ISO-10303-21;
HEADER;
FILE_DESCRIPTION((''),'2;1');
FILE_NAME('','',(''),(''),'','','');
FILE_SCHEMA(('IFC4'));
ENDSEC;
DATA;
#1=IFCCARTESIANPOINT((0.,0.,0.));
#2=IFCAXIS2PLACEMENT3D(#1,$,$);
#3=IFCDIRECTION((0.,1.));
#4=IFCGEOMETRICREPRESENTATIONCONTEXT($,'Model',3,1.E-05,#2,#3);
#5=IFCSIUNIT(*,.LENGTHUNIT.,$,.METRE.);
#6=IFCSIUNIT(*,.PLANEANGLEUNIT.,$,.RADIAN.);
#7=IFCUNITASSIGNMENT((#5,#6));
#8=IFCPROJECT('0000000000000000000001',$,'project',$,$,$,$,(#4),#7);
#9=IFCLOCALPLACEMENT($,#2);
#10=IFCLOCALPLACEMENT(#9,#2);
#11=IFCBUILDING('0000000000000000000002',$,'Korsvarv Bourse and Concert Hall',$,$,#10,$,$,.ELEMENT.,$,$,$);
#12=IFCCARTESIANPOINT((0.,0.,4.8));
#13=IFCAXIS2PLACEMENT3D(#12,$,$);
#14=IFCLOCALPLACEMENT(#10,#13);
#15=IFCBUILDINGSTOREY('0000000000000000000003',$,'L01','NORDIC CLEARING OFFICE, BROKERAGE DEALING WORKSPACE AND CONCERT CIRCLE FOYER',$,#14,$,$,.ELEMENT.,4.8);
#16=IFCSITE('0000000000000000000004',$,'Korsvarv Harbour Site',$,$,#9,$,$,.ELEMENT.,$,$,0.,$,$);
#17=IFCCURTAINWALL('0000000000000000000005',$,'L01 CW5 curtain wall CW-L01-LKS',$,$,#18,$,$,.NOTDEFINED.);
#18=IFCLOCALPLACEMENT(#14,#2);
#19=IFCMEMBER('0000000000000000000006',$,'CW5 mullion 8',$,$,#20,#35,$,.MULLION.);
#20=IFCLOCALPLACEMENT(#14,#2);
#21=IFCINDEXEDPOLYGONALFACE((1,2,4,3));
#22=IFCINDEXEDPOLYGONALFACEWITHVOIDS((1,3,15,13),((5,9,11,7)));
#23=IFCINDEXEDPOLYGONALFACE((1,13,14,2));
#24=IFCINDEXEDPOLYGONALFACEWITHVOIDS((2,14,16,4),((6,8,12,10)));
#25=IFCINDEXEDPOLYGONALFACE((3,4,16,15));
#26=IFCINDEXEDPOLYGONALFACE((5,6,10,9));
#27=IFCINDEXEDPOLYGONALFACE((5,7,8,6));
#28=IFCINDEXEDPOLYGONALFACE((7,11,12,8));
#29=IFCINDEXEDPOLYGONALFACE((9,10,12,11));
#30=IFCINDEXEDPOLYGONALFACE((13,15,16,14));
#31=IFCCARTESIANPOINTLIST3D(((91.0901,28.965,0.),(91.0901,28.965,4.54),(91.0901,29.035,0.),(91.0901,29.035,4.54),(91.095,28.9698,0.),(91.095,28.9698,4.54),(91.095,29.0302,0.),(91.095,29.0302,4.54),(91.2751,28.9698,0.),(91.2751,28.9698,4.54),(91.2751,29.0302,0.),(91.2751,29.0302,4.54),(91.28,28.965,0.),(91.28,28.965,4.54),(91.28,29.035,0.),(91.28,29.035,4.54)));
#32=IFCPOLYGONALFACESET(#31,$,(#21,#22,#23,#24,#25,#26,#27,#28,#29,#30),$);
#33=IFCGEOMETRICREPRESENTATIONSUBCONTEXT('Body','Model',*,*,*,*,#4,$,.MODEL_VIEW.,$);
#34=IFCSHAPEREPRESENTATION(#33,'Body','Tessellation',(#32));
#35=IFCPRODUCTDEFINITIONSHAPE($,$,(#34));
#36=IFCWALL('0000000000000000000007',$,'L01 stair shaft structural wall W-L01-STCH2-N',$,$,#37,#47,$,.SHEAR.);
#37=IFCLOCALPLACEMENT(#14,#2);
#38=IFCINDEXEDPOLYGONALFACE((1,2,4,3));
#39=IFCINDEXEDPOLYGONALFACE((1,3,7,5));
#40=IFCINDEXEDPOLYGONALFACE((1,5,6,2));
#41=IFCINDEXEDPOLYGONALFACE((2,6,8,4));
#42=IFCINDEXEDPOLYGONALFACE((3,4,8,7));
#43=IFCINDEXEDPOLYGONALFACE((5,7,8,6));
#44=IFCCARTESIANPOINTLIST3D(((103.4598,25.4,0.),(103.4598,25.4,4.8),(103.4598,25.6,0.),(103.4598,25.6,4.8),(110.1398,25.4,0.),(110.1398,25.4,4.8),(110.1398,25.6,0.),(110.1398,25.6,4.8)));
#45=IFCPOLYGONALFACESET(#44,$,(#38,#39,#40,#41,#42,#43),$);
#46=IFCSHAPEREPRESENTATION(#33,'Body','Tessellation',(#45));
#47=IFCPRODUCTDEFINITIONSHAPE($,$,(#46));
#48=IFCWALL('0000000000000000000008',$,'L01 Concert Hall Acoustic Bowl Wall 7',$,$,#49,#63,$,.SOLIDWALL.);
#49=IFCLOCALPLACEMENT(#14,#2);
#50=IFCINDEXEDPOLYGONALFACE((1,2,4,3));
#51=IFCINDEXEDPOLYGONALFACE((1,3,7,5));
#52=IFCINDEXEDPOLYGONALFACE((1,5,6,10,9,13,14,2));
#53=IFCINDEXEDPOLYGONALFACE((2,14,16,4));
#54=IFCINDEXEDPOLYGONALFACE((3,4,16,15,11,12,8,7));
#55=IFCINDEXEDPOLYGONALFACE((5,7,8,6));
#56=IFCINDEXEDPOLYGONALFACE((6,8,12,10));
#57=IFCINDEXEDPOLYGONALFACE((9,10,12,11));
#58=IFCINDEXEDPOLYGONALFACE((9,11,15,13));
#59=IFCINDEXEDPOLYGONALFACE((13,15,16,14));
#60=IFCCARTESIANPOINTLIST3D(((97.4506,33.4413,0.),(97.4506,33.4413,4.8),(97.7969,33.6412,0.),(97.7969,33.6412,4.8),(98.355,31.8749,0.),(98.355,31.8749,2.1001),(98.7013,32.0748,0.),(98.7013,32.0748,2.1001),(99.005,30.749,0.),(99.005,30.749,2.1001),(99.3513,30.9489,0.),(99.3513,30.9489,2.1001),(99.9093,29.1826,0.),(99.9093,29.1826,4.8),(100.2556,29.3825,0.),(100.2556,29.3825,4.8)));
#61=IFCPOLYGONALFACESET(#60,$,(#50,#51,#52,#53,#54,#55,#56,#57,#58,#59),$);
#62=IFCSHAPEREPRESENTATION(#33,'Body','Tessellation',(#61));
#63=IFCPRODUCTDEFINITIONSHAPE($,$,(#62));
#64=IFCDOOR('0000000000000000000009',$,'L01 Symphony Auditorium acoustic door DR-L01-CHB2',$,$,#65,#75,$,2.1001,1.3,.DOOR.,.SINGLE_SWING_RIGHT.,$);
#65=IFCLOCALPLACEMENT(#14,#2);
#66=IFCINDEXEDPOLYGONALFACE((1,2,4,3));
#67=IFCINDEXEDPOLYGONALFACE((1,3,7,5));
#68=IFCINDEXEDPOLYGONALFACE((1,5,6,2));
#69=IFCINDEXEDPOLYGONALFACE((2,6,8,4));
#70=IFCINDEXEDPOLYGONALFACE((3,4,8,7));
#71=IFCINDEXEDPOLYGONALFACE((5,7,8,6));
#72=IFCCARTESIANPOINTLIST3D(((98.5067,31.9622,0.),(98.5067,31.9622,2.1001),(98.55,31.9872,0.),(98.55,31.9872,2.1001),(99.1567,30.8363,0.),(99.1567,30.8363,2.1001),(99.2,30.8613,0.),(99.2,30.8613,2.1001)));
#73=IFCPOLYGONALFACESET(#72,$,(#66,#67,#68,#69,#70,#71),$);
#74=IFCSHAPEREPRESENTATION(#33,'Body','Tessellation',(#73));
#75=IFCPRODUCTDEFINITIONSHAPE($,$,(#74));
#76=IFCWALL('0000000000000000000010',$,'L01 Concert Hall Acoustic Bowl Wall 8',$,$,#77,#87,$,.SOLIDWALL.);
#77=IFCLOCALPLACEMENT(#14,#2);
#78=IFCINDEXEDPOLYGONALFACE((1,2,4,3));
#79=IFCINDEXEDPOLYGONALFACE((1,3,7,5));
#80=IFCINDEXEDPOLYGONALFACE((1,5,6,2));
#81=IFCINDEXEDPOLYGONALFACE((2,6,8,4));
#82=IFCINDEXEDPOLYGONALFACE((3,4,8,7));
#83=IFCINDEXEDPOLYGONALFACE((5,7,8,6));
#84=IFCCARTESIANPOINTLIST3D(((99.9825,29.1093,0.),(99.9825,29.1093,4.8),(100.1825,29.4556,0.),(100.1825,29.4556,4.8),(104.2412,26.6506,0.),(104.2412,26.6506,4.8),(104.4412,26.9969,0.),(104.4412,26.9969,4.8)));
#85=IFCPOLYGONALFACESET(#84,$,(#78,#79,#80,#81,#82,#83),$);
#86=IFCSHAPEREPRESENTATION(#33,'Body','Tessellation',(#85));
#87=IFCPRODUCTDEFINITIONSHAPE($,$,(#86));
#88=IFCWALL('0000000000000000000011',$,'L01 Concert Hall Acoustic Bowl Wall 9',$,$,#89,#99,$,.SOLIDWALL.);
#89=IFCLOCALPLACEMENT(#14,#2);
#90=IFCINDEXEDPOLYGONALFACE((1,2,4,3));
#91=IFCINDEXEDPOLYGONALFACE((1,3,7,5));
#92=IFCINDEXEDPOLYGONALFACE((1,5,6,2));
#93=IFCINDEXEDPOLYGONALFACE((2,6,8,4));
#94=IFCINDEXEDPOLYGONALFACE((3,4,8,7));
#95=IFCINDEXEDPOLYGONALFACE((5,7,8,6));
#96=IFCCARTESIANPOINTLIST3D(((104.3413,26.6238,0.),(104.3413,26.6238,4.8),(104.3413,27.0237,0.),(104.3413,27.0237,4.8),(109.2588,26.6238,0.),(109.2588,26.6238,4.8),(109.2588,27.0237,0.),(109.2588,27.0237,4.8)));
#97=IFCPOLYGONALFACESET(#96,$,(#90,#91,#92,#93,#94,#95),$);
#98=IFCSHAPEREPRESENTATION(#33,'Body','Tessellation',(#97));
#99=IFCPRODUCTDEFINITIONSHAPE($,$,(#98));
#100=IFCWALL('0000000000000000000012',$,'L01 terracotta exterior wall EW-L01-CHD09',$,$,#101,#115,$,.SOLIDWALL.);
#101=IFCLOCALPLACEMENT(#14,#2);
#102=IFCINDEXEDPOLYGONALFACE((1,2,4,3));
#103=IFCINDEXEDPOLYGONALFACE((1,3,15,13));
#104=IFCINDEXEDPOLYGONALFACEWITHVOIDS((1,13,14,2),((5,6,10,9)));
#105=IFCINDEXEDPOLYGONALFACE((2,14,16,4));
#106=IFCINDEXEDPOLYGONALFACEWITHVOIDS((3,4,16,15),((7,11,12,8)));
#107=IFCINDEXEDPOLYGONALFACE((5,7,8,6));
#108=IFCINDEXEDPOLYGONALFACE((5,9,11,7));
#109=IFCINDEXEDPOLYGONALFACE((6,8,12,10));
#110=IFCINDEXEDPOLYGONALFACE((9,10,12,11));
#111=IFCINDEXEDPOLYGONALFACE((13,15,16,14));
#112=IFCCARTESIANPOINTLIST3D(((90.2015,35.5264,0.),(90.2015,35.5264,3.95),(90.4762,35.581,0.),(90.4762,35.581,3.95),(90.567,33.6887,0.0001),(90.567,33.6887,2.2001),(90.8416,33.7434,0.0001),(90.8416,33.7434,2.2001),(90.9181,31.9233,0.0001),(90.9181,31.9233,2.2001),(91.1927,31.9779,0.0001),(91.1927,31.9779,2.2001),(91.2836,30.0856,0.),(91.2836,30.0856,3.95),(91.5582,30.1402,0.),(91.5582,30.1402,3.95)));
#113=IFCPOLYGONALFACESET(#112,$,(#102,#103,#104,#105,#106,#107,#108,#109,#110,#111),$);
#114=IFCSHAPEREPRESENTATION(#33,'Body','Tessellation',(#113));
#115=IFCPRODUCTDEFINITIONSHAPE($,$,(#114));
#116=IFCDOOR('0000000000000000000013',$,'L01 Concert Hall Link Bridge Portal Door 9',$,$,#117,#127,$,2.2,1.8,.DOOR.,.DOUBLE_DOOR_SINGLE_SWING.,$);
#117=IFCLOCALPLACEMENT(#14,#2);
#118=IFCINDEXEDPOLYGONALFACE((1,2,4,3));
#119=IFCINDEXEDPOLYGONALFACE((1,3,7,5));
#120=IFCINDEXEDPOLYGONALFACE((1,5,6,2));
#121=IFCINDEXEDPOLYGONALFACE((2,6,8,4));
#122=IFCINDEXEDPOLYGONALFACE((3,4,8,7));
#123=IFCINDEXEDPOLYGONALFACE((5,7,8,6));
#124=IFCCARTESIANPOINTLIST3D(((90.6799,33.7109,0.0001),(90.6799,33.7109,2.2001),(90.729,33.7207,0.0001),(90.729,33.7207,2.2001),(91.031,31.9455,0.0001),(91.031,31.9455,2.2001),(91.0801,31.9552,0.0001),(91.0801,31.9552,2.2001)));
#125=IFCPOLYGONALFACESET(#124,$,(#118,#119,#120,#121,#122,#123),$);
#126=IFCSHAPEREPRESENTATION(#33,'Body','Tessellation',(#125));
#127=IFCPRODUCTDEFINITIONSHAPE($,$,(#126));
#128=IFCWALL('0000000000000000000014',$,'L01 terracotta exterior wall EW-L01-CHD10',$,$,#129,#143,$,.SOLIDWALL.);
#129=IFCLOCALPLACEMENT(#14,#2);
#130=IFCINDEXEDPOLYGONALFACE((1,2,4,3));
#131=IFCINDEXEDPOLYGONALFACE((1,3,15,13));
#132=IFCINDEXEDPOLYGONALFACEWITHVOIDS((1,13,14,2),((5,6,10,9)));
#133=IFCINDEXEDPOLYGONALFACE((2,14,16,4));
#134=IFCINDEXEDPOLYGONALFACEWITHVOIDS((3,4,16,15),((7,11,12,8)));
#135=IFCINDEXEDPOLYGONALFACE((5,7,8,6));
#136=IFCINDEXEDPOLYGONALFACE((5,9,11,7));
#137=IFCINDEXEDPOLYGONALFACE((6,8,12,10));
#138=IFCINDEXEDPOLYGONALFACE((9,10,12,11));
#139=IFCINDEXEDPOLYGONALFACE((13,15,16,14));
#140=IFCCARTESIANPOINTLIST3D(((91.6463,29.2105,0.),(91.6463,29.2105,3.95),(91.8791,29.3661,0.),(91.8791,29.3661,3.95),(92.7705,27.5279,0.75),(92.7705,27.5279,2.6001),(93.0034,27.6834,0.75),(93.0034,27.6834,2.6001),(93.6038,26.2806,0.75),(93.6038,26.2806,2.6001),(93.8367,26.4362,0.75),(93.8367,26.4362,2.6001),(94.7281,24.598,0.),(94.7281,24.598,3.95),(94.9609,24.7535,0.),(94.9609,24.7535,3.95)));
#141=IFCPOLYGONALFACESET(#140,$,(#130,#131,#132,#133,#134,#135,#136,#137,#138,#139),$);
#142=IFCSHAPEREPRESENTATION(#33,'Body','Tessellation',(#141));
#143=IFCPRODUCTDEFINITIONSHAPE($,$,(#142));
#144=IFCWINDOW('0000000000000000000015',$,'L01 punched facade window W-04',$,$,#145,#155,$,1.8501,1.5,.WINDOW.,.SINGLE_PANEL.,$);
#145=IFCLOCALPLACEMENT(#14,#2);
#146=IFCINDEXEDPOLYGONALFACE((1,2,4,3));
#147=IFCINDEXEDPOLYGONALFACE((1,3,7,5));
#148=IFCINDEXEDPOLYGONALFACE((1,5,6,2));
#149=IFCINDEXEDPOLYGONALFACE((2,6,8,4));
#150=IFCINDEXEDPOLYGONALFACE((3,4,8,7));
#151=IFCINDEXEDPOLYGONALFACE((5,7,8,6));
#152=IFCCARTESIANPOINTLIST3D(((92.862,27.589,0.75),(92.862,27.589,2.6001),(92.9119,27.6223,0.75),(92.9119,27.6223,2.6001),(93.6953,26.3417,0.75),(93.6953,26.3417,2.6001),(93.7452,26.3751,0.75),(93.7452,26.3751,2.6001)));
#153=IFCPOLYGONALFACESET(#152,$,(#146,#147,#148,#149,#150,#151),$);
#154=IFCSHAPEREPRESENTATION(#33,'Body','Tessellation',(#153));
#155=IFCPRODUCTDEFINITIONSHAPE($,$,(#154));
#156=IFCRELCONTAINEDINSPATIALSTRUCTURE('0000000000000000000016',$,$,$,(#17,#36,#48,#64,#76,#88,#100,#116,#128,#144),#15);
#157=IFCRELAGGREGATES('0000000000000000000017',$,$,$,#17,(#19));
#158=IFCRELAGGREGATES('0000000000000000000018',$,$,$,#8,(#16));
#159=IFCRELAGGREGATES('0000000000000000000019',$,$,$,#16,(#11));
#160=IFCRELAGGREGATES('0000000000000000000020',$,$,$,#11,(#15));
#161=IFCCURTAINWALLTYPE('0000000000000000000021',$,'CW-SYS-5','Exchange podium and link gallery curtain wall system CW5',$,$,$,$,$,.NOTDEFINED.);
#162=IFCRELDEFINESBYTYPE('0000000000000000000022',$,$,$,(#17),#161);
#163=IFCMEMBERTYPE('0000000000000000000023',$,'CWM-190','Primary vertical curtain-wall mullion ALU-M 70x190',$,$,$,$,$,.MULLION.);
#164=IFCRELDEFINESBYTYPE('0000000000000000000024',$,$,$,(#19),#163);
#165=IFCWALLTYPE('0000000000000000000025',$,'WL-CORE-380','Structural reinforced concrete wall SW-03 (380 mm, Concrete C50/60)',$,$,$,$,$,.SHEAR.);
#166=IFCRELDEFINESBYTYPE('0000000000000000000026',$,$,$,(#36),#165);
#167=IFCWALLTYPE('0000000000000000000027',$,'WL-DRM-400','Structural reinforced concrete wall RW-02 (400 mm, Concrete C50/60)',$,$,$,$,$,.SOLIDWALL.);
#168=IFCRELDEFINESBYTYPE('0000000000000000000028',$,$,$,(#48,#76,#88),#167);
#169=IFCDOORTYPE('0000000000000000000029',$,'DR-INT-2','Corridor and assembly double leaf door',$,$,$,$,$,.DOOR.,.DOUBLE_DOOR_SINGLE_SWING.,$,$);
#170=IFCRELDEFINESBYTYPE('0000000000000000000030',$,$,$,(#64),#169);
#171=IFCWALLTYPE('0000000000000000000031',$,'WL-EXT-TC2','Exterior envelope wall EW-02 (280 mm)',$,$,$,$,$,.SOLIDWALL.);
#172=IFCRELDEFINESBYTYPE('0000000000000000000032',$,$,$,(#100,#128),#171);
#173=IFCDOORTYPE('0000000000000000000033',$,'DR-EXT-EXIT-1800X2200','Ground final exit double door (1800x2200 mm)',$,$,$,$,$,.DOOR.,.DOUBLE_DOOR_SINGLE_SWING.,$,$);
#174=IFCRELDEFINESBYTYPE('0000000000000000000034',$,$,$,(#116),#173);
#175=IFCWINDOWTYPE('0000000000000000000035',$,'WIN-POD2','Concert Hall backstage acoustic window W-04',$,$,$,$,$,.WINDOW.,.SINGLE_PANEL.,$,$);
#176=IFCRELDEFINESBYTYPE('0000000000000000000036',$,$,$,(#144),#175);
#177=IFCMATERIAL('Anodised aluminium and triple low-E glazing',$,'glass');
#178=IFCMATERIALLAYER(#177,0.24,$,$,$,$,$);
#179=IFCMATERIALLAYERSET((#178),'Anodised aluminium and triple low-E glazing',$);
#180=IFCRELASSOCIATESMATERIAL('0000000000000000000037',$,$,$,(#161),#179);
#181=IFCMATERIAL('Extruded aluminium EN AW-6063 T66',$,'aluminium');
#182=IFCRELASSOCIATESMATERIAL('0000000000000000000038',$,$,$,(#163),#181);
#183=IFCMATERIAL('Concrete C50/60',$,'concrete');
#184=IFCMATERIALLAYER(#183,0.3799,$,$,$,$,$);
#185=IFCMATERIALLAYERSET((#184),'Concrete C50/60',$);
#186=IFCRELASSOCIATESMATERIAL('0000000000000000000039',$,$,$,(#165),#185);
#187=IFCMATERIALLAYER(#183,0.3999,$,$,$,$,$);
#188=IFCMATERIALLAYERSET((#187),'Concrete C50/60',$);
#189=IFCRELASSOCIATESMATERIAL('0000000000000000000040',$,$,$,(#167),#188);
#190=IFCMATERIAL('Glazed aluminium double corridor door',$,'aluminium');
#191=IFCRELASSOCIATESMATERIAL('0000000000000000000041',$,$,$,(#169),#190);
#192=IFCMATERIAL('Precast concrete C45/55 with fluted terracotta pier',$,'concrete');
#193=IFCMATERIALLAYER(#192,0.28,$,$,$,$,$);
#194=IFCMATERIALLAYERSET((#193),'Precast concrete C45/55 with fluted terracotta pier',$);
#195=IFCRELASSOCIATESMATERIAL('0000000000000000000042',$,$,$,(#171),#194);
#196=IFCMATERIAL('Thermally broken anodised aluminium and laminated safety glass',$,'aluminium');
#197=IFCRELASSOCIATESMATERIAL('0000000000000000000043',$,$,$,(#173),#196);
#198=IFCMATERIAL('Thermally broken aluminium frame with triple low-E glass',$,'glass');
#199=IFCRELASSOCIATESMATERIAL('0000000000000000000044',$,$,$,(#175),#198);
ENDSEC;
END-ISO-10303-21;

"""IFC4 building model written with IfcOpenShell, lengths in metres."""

from ifc_helpers import new_model, si_unit, direction, frame, frame_2d, origin, origin_2d, place, context, subcontext, project, spatial, rectangle, hollow_rectangle, extrude, source, transform, mapped, material, layer, layer_set, material_profile, profile_set, type_object, element, fill, aggregate, save


model = new_model("IFC4")

# Units and contexts
model_context = context("Model", 3, precision=1e-05, world=origin(), true_north=direction((0.0, 1.0)))
body_context = subcontext(model_context, "Body", "Model", "MODEL_VIEW")
ifc_project = project(units=[si_unit("LENGTHUNIT", "METRE"), si_unit("PLANEANGLEUNIT", "RADIAN")], contexts=[model_context])

# Site, building, storey
site_placement = place(None, origin())
site = spatial("IfcSite", under=ifc_project, at=site_placement, Name="Korsvarv Harbour Site", CompositionType="ELEMENT", RefElevation=0.0)
building_placement = place(site_placement, origin())
building = spatial("IfcBuilding", under=site, at=building_placement, Name="Korsvarv Bourse and Concert Hall", CompositionType="ELEMENT")
storey_placement = place(building_placement, frame((0.0, 0.0, 4.8)))
storey = spatial("IfcBuildingStorey", under=building, at=storey_placement, Name="L01", Description="NORDIC CLEARING OFFICE, BROKERAGE DEALING WORKSPACE AND CONCERT CIRCLE FOYER", CompositionType="ELEMENT", Elevation=4.8)

# Shared definitions
ifc_material_1 = material(Name="Concrete C50/60", Category="concrete")

# Curtain wall, member
ifc_material_2 = material(Name="Anodised aluminium and triple low-E glazing", Category="glass")
ifc_layer_1 = layer(ifc_material_2, 0.24)
ifc_layer_set_1 = layer_set([ifc_layer_1], Name="Anodised aluminium and triple low-E glazing")
curtain_wall_type = type_object("IfcCurtainWallType", Name="CW-SYS-5", Description="Exchange podium and link gallery curtain wall system CW5", PredefinedType="NOTDEFINED", material=ifc_layer_set_1)
curtain_wall_placement = place(storey_placement, origin())
curtain_wall = element("IfcCurtainWall", 1, at=curtain_wall_placement, inside=storey, type_object=curtain_wall_type, Name="L01 CW5 curtain wall CW-L01-LKS", PredefinedType="NOTDEFINED")
ifc_material_3 = material(Name="Extruded aluminium EN AW-6063 T66", Category="aluminium")
ifc_material_profile_1 = material_profile(ifc_material_3, hollow_rectangle(XDim=0.0701, YDim=0.1899, WallThickness=0.0049, at=origin_2d()), Name="ALU-M 70x190")
ifc_profile_set_1 = profile_set([ifc_material_profile_1], Name="Extruded aluminium EN AW-6063 T66")
member_type = type_object("IfcMemberType", Name="CWM-190", Description="Primary vertical curtain-wall mullion ALU-M 70x190", PredefinedType="MULLION", material=ifc_profile_set_1)
shared_shape_1 = source(origin(), body_context, "Body", "SweptSolid", [
    extrude(hollow_rectangle(XDim=0.0701, YDim=0.1899, WallThickness=0.0049, at=origin_2d()), origin(), (0.0, 0.0, 1.0), 4.54),
])
member_placement = place(storey_placement, frame((91.1851, 29.0, 0.0), z_axis=(0.0, 0.0, 1.0), x_axis=(0.0, 1.0, 0.0)))
member = element("IfcMember", 2, at=member_placement, type_object=member_type, Name="CW5 mullion 8", PredefinedType="MULLION", context=body_context, shape_type="MappedRepresentation", body=[
    mapped(shared_shape_1, transform((0.0, 0.0, 0.0), scale=1.0)),
])
aggregate(curtain_wall, [member])

# Wall
ifc_layer_2 = layer(ifc_material_1, 0.3799)
ifc_layer_set_2 = layer_set([ifc_layer_2], Name="Concrete C50/60")
wall_type_1 = type_object("IfcWallType", Name="WL-CORE-380", Description="Structural reinforced concrete wall SW-03 (380 mm, Concrete C50/60)", PredefinedType="SHEAR", material=ifc_layer_set_2)
wall_1_placement = place(storey_placement, frame((103.46, 25.5, 0.0), z_axis=(0.0, 0.0, 1.0), x_axis=(1.0, 0.0, 0.0)))
element("IfcWall", 3, at=wall_1_placement, inside=storey, type_object=wall_type_1, Name="L01 stair shaft structural wall W-L01-STCH2-N", PredefinedType="SHEAR", context=body_context, shape_type="SweptSolid", body=[
    extrude(rectangle(XDim=6.6799, YDim=0.2, at=frame_2d((3.3398, 0.0))), origin(), (0.0, 0.0, 1.0), 4.8),
])

# Wall, opening, door
ifc_layer_3 = layer(ifc_material_1, 0.3999)
ifc_layer_set_3 = layer_set([ifc_layer_3], Name="Concrete C50/60")
wall_type_2 = type_object("IfcWallType", Name="WL-DRM-400", Description="Structural reinforced concrete wall RW-02 (400 mm, Concrete C50/60)", PredefinedType="SOLIDWALL", material=ifc_layer_set_3)
wall_2_placement = place(storey_placement, frame((97.6238, 33.5413, 0.0), z_axis=(0.0, 0.0, 1.0), x_axis=(0.499989, -0.866032, 0.0)))
wall_2 = element("IfcWall", 4, at=wall_2_placement, inside=storey, type_object=wall_type_2, Name="L01 Concert Hall Acoustic Bowl Wall 7", PredefinedType="SOLIDWALL", context=body_context, shape_type="SweptSolid", body=[
    extrude(rectangle(XDim=4.9175, YDim=0.3999, at=frame_2d((2.4587, 0.0))), origin(), (0.0, 0.0, 1.0), 4.8),
])
opening_1_placement = place(wall_2_placement, frame((1.8088, 0.0, 0.0)))
opening_1 = element("IfcOpeningElement", 5, at=opening_1_placement, cuts=wall_2, PredefinedType="OPENING", context=body_context, shape_type="SweptSolid", body=[
    extrude(rectangle(XDim=1.3, YDim=2.1001, at=frame_2d((0.6499, 1.05))), frame((0.0, 0.21, 0.0), z_axis=(0.0, -1.0, 0.0), x_axis=(1.0, 0.0, 0.0)), (0.0, 0.0, 1.0), 0.4199),
])
ifc_material_4 = material(Name="Glazed aluminium double corridor door", Category="aluminium")
door_type_1 = type_object("IfcDoorType", Name="DR-INT-2", Description="Corridor and assembly double leaf door", OperationType="DOUBLE_DOOR_SINGLE_SWING", PredefinedType="DOOR", material=ifc_material_4)
door_1_placement = place(opening_1_placement, frame((1.3, 0.0, 0.0), z_axis=(0.0, 0.0, 1.0), x_axis=(-1.0, 0.0, 0.0)))
door_1 = element("IfcDoor", 6, at=door_1_placement, inside=storey, type_object=door_type_1, Name="L01 Symphony Auditorium acoustic door DR-L01-CHB2", OperationType="SINGLE_SWING_RIGHT", OverallHeight=2.1001, OverallWidth=1.3, PredefinedType="DOOR", context=body_context, shape_type="SweptSolid", body=[
    extrude(rectangle(XDim=1.3, YDim=2.1001, at=frame_2d((0.6499, 1.05))), frame((0.0, 0.0249, 0.0), z_axis=(0.0, -1.0, 0.0), x_axis=(1.0, 0.0, 0.0)), (0.0, 0.0, 1.0), 0.05),
])
fill(opening_1, door_1)

# Walls
for number, where, z_axis, x_axis, name in (
    (7, (100.0825, 29.2825, 0.0), (0.0, 0.0, 1.0), (0.866032, -0.499989, 0.0), "L01 Concert Hall Acoustic Bowl Wall 8"),
    (8, (104.3413, 26.8237, 0.0), (0.0, 0.0, 1.0), (1.0, 0.0, 0.0), "L01 Concert Hall Acoustic Bowl Wall 9"),
):
    element("IfcWall", number, at=place(storey_placement, frame(where, z_axis=z_axis, x_axis=x_axis)), inside=storey, type_object=wall_type_2, Name=name, PredefinedType="SOLIDWALL", context=body_context, shape_type="SweptSolid", body=[
        extrude(rectangle(XDim=4.9175, YDim=0.3999, at=frame_2d((2.4587, 0.0))), origin(), (0.0, 0.0, 1.0), 4.8),
    ])

# Wall, opening, door
ifc_material_5 = material(Name="Precast concrete C45/55 with fluted terracotta pier", Category="concrete")
ifc_layer_4 = layer(ifc_material_5, 0.28)
ifc_layer_set_4 = layer_set([ifc_layer_4], Name="Precast concrete C45/55 with fluted terracotta pier")
wall_type_3 = type_object("IfcWallType", Name="WL-EXT-TC2", Description="Exterior envelope wall EW-02 (280 mm)", PredefinedType="SOLIDWALL", material=ifc_layer_set_4)
wall_3_placement = place(storey_placement, frame((90.3389, 35.5537, 0.0), z_axis=(0.0, 0.0, 1.0), x_axis=(0.19505, -0.980793, 0.0)))
wall_3 = element("IfcWall", 9, at=wall_3_placement, inside=storey, type_object=wall_type_3, Name="L01 terracotta exterior wall EW-L01-CHD09", PredefinedType="SOLIDWALL", context=body_context, shape_type="SweptSolid", body=[
    extrude(rectangle(XDim=5.5474, YDim=0.28, at=frame_2d((2.7737, 0.0))), origin(), (0.0, 0.0, 1.0), 3.95),
])
opening_2_placement = place(wall_3_placement, frame((1.8738, 0.0, 0.0)))
opening_2 = element("IfcOpeningElement", 10, at=opening_2_placement, cuts=wall_3, PredefinedType="OPENING", context=body_context, shape_type="SweptSolid", body=[
    extrude(rectangle(XDim=1.8, YDim=2.2, at=frame_2d((0.8999, 1.1001))), frame((0.0, 0.1499, 0.0), z_axis=(0.0, -1.0, 0.0), x_axis=(1.0, 0.0, 0.0)), (0.0, 0.0, 1.0), 0.3),
])
ifc_material_6 = material(Name="Thermally broken anodised aluminium and laminated safety glass", Category="aluminium")
door_type_2 = type_object("IfcDoorType", Name="DR-EXT-EXIT-1800X2200", Description="Ground final exit double door (1800x2200 mm)", OperationType="DOUBLE_DOOR_SINGLE_SWING", PredefinedType="DOOR", material=ifc_material_6)
door_2_placement = place(opening_2_placement, frame((1.8, 0.0, 0.0), z_axis=(0.0, 0.0, 1.0), x_axis=(-1.0, 0.0, 0.0)))
door_2 = element("IfcDoor", 11, at=door_2_placement, inside=storey, type_object=door_type_2, Name="L01 Concert Hall Link Bridge Portal Door 9", OperationType="DOUBLE_DOOR_SINGLE_SWING", OverallHeight=2.2, OverallWidth=1.8, PredefinedType="DOOR", context=body_context, shape_type="SweptSolid", body=[
    extrude(rectangle(XDim=1.8, YDim=2.2, at=frame_2d((0.8999, 1.1001))), frame((0.0, 0.0249, 0.0), z_axis=(0.0, -1.0, 0.0), x_axis=(1.0, 0.0, 0.0)), (0.0, 0.0, 1.0), 0.05),
])
fill(opening_2, door_2)

# Wall, opening, window
wall_4_placement = place(storey_placement, frame((91.7627, 29.2883, 0.0), z_axis=(0.0, 0.0, 1.0), x_axis=(0.555543, -0.831488, 0.0)))
wall_4 = element("IfcWall", 12, at=wall_4_placement, inside=storey, type_object=wall_type_3, Name="L01 terracotta exterior wall EW-L01-CHD10", PredefinedType="SOLIDWALL", context=body_context, shape_type="SweptSolid", body=[
    extrude(rectangle(XDim=5.5474, YDim=0.28, at=frame_2d((2.7737, 0.0))), origin(), (0.0, 0.0, 1.0), 3.95),
])
opening_3_placement = place(wall_4_placement, frame((2.0237, 0.0, 0.75)))
opening_3 = element("IfcOpeningElement", 13, at=opening_3_placement, cuts=wall_4, PredefinedType="OPENING", context=body_context, shape_type="SweptSolid", body=[
    extrude(rectangle(XDim=1.5, YDim=1.8501, at=frame_2d((0.75, 0.925))), frame((0.0, 0.1499, 0.0), z_axis=(0.0, -1.0, 0.0), x_axis=(1.0, 0.0, 0.0)), (0.0, 0.0, 1.0), 0.3),
])
ifc_material_7 = material(Name="Thermally broken aluminium frame with triple low-E glass", Category="glass")
window_type = type_object("IfcWindowType", Name="WIN-POD2", Description="Concert Hall backstage acoustic window W-04", PartitioningType="SINGLE_PANEL", PredefinedType="WINDOW", material=ifc_material_7)
window_placement = place(opening_3_placement, origin())
window = element("IfcWindow", 14, at=window_placement, inside=storey, type_object=window_type, Name="L01 punched facade window W-04", OverallHeight=1.8501, OverallWidth=1.5, PartitioningType="SINGLE_PANEL", PredefinedType="WINDOW", context=body_context, shape_type="SweptSolid", body=[
    extrude(rectangle(XDim=1.5, YDim=1.8501, at=frame_2d((0.75, 0.925))), frame((0.0, 0.03, 0.0), z_axis=(0.0, -1.0, 0.0), x_axis=(1.0, 0.0, 0.0)), (0.0, 0.0, 1.0), 0.0601),
])
fill(opening_3, window)

save(model, "model.ifc")
